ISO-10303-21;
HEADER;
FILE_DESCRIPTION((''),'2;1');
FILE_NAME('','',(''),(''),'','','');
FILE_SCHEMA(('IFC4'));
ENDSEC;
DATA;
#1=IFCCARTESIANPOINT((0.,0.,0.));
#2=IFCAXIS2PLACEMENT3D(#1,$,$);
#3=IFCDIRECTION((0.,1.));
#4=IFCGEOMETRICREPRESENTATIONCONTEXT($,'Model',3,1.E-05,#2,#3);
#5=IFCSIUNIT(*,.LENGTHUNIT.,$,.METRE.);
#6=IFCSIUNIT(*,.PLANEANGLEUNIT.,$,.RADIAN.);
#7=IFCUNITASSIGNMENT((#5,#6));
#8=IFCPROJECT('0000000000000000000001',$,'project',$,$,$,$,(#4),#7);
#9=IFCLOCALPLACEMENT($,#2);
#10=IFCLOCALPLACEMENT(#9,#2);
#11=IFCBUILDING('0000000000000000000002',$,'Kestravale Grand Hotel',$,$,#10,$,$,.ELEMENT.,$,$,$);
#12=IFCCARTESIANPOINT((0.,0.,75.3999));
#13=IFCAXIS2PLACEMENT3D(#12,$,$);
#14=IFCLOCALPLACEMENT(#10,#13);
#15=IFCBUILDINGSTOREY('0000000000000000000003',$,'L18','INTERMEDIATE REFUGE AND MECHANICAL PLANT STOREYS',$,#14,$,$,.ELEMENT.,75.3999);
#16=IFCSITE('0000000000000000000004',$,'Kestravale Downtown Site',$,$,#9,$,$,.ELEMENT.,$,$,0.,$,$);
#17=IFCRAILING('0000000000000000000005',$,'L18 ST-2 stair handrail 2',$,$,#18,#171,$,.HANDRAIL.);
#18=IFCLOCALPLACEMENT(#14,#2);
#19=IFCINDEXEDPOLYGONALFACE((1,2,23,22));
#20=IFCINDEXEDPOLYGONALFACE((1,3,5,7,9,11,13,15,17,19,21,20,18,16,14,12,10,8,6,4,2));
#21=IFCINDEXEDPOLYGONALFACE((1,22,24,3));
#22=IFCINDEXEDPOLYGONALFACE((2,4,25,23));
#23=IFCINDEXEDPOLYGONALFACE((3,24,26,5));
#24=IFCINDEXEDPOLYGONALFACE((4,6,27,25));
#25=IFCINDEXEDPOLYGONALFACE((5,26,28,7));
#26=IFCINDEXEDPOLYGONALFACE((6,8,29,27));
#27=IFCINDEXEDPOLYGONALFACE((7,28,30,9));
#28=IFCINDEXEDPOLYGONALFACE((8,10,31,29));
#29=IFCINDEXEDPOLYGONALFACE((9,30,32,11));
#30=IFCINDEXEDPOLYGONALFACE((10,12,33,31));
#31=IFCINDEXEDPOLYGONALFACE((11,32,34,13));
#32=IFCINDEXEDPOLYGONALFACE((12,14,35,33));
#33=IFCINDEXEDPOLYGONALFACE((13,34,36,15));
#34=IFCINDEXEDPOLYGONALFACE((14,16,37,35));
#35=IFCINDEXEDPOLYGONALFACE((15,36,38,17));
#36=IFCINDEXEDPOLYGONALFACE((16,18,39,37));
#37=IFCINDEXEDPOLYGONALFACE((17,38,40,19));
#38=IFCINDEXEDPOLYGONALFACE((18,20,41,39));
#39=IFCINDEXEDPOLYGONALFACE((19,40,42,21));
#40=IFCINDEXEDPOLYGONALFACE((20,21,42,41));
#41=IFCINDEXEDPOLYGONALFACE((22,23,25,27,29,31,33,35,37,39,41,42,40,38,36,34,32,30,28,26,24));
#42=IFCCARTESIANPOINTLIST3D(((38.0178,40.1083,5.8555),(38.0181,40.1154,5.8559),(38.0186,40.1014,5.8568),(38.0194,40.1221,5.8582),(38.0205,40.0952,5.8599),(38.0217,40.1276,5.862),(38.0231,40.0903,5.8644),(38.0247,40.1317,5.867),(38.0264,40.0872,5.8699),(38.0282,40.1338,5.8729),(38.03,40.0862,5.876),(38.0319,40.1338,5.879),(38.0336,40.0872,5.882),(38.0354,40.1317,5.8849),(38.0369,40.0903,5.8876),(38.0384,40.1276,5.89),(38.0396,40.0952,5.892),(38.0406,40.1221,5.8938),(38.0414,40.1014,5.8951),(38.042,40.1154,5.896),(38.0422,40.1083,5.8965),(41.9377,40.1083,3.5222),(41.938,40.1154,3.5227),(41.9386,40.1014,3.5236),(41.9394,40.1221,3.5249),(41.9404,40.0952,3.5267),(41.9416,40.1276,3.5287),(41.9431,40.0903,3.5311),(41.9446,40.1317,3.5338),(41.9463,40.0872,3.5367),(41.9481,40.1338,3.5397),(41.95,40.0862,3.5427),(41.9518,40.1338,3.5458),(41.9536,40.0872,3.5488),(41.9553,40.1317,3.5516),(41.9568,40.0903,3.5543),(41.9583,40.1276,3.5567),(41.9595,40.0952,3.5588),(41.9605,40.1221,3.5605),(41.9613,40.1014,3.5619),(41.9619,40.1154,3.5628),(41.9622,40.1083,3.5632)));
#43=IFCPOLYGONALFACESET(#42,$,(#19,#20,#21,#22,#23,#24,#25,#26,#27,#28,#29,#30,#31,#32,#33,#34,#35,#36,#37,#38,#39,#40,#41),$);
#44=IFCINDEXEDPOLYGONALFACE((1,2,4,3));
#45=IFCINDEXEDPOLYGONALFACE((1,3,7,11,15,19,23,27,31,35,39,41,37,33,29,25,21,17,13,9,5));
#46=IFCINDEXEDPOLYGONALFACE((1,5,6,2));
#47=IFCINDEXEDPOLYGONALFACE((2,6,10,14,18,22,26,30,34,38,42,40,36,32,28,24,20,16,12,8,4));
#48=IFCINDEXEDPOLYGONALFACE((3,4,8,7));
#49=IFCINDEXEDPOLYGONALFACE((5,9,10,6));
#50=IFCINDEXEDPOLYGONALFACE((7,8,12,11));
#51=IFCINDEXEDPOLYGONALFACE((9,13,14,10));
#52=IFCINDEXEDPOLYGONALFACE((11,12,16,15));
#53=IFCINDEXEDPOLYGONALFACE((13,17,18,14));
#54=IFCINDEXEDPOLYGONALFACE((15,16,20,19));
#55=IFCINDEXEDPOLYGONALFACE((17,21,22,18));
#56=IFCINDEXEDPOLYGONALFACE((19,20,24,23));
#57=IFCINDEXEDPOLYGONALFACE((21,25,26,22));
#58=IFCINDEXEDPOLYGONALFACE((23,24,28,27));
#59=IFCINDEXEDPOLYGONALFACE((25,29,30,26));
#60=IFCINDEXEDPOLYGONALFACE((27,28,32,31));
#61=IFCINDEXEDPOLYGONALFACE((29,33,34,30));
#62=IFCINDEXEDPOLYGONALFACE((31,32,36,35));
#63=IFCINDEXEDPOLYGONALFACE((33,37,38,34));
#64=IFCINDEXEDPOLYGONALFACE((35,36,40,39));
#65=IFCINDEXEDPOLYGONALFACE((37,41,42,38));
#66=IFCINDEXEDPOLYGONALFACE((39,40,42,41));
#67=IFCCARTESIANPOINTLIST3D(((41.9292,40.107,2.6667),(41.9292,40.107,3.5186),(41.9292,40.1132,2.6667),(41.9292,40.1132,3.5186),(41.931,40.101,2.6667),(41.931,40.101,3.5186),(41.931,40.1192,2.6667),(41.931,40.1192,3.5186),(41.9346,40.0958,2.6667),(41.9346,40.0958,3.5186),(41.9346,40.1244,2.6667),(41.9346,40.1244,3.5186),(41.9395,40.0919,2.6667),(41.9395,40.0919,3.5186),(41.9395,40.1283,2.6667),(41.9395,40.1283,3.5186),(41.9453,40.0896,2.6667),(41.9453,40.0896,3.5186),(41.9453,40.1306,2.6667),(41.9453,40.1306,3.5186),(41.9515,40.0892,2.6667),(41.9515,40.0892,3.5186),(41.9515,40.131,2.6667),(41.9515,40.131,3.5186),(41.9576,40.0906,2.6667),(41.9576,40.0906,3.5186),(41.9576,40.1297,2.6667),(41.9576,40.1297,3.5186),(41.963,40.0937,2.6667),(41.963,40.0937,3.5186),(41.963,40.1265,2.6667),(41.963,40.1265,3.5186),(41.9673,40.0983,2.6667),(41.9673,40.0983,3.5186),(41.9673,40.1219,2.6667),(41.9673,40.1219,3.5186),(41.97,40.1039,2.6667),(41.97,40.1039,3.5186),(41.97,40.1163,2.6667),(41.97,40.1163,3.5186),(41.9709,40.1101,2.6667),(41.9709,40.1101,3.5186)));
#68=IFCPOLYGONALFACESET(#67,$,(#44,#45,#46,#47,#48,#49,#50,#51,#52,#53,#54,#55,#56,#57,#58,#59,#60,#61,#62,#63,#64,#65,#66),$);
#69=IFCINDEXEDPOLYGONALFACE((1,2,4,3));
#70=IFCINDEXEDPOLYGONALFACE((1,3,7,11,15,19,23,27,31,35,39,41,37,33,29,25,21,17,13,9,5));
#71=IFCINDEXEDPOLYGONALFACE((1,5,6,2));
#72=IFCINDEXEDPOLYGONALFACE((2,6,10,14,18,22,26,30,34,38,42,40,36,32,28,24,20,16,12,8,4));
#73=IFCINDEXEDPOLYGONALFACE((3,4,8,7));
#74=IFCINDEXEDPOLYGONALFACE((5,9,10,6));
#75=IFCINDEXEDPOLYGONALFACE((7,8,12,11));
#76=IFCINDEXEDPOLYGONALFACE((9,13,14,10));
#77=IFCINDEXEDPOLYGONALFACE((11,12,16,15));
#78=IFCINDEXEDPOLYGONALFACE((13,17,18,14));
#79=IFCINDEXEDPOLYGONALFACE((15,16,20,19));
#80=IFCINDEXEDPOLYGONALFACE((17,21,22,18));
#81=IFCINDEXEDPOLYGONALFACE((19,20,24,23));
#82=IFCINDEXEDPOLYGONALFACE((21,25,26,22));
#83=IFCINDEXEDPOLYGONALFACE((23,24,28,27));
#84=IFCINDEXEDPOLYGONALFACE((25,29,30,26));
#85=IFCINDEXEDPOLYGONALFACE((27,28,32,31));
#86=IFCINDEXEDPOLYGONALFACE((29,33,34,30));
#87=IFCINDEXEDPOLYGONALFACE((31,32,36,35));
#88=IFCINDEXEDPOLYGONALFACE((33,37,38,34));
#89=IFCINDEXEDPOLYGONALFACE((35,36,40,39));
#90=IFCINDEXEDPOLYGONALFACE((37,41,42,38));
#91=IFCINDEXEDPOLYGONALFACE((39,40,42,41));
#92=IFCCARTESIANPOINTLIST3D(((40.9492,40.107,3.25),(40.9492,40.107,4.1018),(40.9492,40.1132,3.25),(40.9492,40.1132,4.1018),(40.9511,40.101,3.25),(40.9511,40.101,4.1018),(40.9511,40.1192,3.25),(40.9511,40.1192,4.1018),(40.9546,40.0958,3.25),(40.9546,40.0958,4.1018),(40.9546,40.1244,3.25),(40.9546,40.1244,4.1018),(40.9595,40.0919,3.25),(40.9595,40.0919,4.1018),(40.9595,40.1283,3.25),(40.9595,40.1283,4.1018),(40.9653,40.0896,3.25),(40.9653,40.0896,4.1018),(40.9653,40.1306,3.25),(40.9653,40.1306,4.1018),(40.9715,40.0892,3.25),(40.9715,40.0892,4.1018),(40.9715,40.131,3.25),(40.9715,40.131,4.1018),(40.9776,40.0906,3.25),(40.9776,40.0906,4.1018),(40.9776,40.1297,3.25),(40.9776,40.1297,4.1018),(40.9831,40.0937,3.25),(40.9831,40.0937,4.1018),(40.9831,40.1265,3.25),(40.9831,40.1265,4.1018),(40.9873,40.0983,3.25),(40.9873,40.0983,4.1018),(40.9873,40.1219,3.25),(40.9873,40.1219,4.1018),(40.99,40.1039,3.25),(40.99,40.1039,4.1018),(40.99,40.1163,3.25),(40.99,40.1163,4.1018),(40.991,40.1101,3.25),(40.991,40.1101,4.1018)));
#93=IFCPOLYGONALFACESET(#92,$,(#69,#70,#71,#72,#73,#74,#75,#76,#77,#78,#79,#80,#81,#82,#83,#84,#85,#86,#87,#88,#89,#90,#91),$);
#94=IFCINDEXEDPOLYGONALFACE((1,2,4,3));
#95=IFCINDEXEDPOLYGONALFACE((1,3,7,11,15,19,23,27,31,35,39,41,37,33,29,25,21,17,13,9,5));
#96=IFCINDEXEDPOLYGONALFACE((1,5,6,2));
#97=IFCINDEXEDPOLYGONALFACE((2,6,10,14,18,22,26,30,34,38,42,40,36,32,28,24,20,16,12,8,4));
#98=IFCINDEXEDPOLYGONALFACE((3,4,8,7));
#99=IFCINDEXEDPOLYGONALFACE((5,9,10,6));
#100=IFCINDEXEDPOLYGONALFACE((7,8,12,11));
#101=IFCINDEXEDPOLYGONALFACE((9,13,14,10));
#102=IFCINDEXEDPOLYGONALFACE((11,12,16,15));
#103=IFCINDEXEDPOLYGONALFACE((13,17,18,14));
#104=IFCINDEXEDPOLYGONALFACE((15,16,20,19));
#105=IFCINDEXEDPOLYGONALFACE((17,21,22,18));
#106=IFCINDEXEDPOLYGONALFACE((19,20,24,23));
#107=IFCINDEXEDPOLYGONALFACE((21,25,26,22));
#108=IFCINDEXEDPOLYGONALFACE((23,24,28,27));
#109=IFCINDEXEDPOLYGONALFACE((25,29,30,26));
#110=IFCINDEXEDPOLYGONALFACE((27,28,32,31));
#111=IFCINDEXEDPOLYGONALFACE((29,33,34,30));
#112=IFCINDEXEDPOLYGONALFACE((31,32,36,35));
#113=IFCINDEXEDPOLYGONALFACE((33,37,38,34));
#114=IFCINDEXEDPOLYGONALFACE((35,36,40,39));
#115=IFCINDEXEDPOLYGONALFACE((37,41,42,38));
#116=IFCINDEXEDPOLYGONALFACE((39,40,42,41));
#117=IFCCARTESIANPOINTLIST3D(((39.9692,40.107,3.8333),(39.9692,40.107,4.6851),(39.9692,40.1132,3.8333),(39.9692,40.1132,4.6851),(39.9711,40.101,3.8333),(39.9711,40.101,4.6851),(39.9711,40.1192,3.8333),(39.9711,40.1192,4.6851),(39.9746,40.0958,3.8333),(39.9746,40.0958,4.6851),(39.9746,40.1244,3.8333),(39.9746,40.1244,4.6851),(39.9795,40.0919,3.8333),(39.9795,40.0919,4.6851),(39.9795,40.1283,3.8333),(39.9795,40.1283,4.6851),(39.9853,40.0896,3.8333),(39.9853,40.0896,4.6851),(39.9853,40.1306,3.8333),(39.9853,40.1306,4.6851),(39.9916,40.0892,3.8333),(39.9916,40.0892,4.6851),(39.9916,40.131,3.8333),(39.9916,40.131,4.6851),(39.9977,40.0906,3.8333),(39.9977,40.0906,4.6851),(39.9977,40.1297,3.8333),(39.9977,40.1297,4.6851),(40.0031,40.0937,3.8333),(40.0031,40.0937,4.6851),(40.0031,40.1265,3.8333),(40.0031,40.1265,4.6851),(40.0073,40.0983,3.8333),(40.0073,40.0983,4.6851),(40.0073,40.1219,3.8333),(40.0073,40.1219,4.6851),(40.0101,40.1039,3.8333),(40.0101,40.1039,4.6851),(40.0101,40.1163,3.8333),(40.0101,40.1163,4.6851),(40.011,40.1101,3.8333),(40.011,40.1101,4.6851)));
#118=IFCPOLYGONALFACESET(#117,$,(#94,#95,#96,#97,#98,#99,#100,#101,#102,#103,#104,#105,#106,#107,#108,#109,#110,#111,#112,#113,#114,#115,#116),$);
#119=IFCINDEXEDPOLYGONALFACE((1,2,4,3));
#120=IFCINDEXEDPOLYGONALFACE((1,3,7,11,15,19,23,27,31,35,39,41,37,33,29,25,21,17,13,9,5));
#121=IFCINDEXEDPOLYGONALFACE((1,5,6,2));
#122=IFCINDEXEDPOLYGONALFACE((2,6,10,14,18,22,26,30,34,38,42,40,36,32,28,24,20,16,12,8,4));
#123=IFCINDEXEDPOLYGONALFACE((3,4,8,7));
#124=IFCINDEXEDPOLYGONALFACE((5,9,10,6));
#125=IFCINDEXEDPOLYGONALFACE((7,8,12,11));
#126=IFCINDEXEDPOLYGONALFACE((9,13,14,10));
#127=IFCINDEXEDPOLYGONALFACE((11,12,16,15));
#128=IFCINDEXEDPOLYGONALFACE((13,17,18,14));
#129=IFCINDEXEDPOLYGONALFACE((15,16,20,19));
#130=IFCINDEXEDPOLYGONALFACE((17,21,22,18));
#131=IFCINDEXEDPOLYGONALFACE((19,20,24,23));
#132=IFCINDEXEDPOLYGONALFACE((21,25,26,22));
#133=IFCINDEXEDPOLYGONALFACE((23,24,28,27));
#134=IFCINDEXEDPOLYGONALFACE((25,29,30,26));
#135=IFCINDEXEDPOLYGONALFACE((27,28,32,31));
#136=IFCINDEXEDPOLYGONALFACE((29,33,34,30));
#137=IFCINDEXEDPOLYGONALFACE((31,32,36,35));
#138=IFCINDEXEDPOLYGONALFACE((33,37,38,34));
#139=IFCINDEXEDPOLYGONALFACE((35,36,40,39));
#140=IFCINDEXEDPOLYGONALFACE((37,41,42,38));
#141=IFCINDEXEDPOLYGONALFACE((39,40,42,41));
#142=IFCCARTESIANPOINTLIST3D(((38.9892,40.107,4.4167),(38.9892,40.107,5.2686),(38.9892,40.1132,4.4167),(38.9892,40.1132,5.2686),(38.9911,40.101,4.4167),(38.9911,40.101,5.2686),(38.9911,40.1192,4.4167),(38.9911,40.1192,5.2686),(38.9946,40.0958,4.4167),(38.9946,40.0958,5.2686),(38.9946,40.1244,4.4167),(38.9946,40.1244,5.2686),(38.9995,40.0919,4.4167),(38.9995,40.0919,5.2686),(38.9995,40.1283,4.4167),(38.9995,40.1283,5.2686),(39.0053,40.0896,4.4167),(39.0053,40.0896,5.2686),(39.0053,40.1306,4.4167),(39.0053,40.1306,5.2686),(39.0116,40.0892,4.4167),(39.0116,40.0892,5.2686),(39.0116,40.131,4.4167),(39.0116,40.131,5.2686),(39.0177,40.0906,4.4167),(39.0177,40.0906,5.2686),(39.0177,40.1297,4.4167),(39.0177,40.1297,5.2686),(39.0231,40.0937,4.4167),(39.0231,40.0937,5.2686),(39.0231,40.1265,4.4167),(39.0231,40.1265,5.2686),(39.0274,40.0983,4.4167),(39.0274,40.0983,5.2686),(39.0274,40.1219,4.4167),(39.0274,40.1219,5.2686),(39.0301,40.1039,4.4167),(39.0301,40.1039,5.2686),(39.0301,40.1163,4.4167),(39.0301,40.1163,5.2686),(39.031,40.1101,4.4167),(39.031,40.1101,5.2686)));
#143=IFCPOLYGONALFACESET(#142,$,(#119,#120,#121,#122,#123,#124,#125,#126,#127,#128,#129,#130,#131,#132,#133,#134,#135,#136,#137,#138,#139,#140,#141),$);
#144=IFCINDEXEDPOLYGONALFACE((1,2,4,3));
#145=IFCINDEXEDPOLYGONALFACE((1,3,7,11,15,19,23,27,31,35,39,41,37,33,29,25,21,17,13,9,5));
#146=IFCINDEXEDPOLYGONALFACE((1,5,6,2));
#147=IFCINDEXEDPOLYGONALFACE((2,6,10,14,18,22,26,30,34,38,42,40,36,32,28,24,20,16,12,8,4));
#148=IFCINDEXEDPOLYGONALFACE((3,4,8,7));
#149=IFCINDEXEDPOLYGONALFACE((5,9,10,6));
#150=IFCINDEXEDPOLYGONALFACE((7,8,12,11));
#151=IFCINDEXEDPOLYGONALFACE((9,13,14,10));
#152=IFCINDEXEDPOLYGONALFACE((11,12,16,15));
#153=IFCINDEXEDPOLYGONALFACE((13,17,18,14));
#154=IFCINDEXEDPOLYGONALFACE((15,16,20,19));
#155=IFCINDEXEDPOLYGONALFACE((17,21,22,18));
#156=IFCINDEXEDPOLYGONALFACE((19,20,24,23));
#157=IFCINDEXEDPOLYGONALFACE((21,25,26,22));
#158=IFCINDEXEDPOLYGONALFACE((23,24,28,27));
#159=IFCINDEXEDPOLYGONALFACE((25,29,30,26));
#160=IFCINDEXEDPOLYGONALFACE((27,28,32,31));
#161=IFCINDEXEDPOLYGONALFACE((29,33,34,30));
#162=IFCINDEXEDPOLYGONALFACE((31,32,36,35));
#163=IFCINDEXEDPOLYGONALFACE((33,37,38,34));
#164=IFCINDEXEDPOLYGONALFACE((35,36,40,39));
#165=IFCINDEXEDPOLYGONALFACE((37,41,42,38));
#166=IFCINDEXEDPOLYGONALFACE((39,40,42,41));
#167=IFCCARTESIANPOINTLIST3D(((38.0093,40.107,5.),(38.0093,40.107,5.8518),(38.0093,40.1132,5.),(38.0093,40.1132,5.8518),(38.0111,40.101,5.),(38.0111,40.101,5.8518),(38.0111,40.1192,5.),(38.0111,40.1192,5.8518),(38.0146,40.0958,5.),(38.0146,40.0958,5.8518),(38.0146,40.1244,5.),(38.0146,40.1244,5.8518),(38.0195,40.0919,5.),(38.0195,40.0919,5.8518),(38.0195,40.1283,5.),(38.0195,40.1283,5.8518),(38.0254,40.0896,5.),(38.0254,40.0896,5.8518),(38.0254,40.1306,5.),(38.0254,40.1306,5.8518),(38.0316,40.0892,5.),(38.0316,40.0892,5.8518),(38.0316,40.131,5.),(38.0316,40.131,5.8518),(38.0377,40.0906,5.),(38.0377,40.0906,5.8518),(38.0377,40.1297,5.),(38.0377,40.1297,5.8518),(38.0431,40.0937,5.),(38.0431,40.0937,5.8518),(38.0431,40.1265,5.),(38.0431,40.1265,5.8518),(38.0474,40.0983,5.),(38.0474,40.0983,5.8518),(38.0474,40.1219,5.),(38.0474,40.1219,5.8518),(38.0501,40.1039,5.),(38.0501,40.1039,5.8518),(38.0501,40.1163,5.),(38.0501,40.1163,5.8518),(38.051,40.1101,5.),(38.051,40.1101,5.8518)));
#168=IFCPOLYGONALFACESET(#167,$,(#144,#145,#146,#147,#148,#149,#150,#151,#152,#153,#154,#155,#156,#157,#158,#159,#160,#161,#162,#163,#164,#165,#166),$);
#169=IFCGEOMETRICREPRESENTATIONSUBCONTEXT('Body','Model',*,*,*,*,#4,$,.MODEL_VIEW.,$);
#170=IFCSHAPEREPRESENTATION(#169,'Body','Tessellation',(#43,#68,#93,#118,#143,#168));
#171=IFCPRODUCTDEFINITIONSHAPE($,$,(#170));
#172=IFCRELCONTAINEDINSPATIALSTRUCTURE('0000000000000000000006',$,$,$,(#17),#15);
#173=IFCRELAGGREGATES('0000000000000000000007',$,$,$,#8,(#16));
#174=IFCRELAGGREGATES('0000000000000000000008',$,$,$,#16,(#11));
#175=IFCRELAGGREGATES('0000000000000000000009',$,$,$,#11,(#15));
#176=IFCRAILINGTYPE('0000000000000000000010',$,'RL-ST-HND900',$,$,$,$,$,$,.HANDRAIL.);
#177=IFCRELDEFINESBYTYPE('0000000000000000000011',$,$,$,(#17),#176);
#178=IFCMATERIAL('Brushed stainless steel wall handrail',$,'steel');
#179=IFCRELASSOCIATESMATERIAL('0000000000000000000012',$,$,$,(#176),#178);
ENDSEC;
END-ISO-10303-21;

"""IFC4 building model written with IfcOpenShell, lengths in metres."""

from ifc_helpers import new_model, si_unit, direction, frame, origin, origin_2d, place, context, subcontext, project, spatial, circle, extrude, material, type_object, element, save


model = new_model("IFC4")

# Units and contexts
model_context = context("Model", 3, precision=1e-05, world=origin(), true_north=direction((0.0, 1.0)))
body_context = subcontext(model_context, "Body", "Model", "MODEL_VIEW")
ifc_project = project(units=[si_unit("LENGTHUNIT", "METRE"), si_unit("PLANEANGLEUNIT", "RADIAN")], contexts=[model_context])

# Site, building, storey
site_placement = place(None, origin())
site = spatial("IfcSite", under=ifc_project, at=site_placement, Name="Kestravale Downtown Site", CompositionType="ELEMENT", RefElevation=0.0)
building_placement = place(site_placement, origin())
building = spatial("IfcBuilding", under=site, at=building_placement, Name="Kestravale Grand Hotel", CompositionType="ELEMENT")
storey_placement = place(building_placement, frame((0.0, 0.0, 75.3999)))
storey = spatial("IfcBuildingStorey", under=building, at=storey_placement, Name="L18", Description="INTERMEDIATE REFUGE AND MECHANICAL PLANT STOREYS", CompositionType="ELEMENT", Elevation=75.3999)

# Railing
ifc_material_1 = material(Name="Brushed stainless steel wall handrail", Category="steel")
railing_type_1 = type_object("IfcRailingType", Name="RL-ST-HND900", PredefinedType="HANDRAIL", material=ifc_material_1)
railing_1_placement = place(storey_placement, frame((41.95, 40.1101, 2.6667)))
element("IfcRailing", 1, at=railing_1_placement, inside=storey, type_object=railing_type_1, Name="L18 ST-2 stair handrail 2", PredefinedType="HANDRAIL", context=body_context, shape_type="SweptSolid", body=[
    extrude(circle(Radius=0.0239, at=origin_2d()), frame((0.0, 0.0, 0.876), z_axis=(-0.859296, 0.0, 0.511478), x_axis=(0.0, -1.0, 0.0)), (0.0, 0.0, 1.0), 4.5618),
    extrude(circle(Radius=0.021, at=origin_2d()), origin(), (0.0, 0.0, 1.0), 0.8518),
    extrude(circle(Radius=0.021, at=origin_2d()), frame((-0.98, 0.0, 0.5833)), (0.0, 0.0, 1.0), 0.8518),
    extrude(circle(Radius=0.021, at=origin_2d()), frame((-1.96, 0.0, 1.1665)), (0.0, 0.0, 1.0), 0.8518),
    extrude(circle(Radius=0.021, at=origin_2d()), frame((-2.9399, 0.0, 1.75)), (0.0, 0.0, 1.0), 0.8518),
    extrude(circle(Radius=0.021, at=origin_2d()), frame((-3.9199, 0.0, 2.3333)), (0.0, 0.0, 1.0), 0.8518),
])

save(model, "model.ifc")
